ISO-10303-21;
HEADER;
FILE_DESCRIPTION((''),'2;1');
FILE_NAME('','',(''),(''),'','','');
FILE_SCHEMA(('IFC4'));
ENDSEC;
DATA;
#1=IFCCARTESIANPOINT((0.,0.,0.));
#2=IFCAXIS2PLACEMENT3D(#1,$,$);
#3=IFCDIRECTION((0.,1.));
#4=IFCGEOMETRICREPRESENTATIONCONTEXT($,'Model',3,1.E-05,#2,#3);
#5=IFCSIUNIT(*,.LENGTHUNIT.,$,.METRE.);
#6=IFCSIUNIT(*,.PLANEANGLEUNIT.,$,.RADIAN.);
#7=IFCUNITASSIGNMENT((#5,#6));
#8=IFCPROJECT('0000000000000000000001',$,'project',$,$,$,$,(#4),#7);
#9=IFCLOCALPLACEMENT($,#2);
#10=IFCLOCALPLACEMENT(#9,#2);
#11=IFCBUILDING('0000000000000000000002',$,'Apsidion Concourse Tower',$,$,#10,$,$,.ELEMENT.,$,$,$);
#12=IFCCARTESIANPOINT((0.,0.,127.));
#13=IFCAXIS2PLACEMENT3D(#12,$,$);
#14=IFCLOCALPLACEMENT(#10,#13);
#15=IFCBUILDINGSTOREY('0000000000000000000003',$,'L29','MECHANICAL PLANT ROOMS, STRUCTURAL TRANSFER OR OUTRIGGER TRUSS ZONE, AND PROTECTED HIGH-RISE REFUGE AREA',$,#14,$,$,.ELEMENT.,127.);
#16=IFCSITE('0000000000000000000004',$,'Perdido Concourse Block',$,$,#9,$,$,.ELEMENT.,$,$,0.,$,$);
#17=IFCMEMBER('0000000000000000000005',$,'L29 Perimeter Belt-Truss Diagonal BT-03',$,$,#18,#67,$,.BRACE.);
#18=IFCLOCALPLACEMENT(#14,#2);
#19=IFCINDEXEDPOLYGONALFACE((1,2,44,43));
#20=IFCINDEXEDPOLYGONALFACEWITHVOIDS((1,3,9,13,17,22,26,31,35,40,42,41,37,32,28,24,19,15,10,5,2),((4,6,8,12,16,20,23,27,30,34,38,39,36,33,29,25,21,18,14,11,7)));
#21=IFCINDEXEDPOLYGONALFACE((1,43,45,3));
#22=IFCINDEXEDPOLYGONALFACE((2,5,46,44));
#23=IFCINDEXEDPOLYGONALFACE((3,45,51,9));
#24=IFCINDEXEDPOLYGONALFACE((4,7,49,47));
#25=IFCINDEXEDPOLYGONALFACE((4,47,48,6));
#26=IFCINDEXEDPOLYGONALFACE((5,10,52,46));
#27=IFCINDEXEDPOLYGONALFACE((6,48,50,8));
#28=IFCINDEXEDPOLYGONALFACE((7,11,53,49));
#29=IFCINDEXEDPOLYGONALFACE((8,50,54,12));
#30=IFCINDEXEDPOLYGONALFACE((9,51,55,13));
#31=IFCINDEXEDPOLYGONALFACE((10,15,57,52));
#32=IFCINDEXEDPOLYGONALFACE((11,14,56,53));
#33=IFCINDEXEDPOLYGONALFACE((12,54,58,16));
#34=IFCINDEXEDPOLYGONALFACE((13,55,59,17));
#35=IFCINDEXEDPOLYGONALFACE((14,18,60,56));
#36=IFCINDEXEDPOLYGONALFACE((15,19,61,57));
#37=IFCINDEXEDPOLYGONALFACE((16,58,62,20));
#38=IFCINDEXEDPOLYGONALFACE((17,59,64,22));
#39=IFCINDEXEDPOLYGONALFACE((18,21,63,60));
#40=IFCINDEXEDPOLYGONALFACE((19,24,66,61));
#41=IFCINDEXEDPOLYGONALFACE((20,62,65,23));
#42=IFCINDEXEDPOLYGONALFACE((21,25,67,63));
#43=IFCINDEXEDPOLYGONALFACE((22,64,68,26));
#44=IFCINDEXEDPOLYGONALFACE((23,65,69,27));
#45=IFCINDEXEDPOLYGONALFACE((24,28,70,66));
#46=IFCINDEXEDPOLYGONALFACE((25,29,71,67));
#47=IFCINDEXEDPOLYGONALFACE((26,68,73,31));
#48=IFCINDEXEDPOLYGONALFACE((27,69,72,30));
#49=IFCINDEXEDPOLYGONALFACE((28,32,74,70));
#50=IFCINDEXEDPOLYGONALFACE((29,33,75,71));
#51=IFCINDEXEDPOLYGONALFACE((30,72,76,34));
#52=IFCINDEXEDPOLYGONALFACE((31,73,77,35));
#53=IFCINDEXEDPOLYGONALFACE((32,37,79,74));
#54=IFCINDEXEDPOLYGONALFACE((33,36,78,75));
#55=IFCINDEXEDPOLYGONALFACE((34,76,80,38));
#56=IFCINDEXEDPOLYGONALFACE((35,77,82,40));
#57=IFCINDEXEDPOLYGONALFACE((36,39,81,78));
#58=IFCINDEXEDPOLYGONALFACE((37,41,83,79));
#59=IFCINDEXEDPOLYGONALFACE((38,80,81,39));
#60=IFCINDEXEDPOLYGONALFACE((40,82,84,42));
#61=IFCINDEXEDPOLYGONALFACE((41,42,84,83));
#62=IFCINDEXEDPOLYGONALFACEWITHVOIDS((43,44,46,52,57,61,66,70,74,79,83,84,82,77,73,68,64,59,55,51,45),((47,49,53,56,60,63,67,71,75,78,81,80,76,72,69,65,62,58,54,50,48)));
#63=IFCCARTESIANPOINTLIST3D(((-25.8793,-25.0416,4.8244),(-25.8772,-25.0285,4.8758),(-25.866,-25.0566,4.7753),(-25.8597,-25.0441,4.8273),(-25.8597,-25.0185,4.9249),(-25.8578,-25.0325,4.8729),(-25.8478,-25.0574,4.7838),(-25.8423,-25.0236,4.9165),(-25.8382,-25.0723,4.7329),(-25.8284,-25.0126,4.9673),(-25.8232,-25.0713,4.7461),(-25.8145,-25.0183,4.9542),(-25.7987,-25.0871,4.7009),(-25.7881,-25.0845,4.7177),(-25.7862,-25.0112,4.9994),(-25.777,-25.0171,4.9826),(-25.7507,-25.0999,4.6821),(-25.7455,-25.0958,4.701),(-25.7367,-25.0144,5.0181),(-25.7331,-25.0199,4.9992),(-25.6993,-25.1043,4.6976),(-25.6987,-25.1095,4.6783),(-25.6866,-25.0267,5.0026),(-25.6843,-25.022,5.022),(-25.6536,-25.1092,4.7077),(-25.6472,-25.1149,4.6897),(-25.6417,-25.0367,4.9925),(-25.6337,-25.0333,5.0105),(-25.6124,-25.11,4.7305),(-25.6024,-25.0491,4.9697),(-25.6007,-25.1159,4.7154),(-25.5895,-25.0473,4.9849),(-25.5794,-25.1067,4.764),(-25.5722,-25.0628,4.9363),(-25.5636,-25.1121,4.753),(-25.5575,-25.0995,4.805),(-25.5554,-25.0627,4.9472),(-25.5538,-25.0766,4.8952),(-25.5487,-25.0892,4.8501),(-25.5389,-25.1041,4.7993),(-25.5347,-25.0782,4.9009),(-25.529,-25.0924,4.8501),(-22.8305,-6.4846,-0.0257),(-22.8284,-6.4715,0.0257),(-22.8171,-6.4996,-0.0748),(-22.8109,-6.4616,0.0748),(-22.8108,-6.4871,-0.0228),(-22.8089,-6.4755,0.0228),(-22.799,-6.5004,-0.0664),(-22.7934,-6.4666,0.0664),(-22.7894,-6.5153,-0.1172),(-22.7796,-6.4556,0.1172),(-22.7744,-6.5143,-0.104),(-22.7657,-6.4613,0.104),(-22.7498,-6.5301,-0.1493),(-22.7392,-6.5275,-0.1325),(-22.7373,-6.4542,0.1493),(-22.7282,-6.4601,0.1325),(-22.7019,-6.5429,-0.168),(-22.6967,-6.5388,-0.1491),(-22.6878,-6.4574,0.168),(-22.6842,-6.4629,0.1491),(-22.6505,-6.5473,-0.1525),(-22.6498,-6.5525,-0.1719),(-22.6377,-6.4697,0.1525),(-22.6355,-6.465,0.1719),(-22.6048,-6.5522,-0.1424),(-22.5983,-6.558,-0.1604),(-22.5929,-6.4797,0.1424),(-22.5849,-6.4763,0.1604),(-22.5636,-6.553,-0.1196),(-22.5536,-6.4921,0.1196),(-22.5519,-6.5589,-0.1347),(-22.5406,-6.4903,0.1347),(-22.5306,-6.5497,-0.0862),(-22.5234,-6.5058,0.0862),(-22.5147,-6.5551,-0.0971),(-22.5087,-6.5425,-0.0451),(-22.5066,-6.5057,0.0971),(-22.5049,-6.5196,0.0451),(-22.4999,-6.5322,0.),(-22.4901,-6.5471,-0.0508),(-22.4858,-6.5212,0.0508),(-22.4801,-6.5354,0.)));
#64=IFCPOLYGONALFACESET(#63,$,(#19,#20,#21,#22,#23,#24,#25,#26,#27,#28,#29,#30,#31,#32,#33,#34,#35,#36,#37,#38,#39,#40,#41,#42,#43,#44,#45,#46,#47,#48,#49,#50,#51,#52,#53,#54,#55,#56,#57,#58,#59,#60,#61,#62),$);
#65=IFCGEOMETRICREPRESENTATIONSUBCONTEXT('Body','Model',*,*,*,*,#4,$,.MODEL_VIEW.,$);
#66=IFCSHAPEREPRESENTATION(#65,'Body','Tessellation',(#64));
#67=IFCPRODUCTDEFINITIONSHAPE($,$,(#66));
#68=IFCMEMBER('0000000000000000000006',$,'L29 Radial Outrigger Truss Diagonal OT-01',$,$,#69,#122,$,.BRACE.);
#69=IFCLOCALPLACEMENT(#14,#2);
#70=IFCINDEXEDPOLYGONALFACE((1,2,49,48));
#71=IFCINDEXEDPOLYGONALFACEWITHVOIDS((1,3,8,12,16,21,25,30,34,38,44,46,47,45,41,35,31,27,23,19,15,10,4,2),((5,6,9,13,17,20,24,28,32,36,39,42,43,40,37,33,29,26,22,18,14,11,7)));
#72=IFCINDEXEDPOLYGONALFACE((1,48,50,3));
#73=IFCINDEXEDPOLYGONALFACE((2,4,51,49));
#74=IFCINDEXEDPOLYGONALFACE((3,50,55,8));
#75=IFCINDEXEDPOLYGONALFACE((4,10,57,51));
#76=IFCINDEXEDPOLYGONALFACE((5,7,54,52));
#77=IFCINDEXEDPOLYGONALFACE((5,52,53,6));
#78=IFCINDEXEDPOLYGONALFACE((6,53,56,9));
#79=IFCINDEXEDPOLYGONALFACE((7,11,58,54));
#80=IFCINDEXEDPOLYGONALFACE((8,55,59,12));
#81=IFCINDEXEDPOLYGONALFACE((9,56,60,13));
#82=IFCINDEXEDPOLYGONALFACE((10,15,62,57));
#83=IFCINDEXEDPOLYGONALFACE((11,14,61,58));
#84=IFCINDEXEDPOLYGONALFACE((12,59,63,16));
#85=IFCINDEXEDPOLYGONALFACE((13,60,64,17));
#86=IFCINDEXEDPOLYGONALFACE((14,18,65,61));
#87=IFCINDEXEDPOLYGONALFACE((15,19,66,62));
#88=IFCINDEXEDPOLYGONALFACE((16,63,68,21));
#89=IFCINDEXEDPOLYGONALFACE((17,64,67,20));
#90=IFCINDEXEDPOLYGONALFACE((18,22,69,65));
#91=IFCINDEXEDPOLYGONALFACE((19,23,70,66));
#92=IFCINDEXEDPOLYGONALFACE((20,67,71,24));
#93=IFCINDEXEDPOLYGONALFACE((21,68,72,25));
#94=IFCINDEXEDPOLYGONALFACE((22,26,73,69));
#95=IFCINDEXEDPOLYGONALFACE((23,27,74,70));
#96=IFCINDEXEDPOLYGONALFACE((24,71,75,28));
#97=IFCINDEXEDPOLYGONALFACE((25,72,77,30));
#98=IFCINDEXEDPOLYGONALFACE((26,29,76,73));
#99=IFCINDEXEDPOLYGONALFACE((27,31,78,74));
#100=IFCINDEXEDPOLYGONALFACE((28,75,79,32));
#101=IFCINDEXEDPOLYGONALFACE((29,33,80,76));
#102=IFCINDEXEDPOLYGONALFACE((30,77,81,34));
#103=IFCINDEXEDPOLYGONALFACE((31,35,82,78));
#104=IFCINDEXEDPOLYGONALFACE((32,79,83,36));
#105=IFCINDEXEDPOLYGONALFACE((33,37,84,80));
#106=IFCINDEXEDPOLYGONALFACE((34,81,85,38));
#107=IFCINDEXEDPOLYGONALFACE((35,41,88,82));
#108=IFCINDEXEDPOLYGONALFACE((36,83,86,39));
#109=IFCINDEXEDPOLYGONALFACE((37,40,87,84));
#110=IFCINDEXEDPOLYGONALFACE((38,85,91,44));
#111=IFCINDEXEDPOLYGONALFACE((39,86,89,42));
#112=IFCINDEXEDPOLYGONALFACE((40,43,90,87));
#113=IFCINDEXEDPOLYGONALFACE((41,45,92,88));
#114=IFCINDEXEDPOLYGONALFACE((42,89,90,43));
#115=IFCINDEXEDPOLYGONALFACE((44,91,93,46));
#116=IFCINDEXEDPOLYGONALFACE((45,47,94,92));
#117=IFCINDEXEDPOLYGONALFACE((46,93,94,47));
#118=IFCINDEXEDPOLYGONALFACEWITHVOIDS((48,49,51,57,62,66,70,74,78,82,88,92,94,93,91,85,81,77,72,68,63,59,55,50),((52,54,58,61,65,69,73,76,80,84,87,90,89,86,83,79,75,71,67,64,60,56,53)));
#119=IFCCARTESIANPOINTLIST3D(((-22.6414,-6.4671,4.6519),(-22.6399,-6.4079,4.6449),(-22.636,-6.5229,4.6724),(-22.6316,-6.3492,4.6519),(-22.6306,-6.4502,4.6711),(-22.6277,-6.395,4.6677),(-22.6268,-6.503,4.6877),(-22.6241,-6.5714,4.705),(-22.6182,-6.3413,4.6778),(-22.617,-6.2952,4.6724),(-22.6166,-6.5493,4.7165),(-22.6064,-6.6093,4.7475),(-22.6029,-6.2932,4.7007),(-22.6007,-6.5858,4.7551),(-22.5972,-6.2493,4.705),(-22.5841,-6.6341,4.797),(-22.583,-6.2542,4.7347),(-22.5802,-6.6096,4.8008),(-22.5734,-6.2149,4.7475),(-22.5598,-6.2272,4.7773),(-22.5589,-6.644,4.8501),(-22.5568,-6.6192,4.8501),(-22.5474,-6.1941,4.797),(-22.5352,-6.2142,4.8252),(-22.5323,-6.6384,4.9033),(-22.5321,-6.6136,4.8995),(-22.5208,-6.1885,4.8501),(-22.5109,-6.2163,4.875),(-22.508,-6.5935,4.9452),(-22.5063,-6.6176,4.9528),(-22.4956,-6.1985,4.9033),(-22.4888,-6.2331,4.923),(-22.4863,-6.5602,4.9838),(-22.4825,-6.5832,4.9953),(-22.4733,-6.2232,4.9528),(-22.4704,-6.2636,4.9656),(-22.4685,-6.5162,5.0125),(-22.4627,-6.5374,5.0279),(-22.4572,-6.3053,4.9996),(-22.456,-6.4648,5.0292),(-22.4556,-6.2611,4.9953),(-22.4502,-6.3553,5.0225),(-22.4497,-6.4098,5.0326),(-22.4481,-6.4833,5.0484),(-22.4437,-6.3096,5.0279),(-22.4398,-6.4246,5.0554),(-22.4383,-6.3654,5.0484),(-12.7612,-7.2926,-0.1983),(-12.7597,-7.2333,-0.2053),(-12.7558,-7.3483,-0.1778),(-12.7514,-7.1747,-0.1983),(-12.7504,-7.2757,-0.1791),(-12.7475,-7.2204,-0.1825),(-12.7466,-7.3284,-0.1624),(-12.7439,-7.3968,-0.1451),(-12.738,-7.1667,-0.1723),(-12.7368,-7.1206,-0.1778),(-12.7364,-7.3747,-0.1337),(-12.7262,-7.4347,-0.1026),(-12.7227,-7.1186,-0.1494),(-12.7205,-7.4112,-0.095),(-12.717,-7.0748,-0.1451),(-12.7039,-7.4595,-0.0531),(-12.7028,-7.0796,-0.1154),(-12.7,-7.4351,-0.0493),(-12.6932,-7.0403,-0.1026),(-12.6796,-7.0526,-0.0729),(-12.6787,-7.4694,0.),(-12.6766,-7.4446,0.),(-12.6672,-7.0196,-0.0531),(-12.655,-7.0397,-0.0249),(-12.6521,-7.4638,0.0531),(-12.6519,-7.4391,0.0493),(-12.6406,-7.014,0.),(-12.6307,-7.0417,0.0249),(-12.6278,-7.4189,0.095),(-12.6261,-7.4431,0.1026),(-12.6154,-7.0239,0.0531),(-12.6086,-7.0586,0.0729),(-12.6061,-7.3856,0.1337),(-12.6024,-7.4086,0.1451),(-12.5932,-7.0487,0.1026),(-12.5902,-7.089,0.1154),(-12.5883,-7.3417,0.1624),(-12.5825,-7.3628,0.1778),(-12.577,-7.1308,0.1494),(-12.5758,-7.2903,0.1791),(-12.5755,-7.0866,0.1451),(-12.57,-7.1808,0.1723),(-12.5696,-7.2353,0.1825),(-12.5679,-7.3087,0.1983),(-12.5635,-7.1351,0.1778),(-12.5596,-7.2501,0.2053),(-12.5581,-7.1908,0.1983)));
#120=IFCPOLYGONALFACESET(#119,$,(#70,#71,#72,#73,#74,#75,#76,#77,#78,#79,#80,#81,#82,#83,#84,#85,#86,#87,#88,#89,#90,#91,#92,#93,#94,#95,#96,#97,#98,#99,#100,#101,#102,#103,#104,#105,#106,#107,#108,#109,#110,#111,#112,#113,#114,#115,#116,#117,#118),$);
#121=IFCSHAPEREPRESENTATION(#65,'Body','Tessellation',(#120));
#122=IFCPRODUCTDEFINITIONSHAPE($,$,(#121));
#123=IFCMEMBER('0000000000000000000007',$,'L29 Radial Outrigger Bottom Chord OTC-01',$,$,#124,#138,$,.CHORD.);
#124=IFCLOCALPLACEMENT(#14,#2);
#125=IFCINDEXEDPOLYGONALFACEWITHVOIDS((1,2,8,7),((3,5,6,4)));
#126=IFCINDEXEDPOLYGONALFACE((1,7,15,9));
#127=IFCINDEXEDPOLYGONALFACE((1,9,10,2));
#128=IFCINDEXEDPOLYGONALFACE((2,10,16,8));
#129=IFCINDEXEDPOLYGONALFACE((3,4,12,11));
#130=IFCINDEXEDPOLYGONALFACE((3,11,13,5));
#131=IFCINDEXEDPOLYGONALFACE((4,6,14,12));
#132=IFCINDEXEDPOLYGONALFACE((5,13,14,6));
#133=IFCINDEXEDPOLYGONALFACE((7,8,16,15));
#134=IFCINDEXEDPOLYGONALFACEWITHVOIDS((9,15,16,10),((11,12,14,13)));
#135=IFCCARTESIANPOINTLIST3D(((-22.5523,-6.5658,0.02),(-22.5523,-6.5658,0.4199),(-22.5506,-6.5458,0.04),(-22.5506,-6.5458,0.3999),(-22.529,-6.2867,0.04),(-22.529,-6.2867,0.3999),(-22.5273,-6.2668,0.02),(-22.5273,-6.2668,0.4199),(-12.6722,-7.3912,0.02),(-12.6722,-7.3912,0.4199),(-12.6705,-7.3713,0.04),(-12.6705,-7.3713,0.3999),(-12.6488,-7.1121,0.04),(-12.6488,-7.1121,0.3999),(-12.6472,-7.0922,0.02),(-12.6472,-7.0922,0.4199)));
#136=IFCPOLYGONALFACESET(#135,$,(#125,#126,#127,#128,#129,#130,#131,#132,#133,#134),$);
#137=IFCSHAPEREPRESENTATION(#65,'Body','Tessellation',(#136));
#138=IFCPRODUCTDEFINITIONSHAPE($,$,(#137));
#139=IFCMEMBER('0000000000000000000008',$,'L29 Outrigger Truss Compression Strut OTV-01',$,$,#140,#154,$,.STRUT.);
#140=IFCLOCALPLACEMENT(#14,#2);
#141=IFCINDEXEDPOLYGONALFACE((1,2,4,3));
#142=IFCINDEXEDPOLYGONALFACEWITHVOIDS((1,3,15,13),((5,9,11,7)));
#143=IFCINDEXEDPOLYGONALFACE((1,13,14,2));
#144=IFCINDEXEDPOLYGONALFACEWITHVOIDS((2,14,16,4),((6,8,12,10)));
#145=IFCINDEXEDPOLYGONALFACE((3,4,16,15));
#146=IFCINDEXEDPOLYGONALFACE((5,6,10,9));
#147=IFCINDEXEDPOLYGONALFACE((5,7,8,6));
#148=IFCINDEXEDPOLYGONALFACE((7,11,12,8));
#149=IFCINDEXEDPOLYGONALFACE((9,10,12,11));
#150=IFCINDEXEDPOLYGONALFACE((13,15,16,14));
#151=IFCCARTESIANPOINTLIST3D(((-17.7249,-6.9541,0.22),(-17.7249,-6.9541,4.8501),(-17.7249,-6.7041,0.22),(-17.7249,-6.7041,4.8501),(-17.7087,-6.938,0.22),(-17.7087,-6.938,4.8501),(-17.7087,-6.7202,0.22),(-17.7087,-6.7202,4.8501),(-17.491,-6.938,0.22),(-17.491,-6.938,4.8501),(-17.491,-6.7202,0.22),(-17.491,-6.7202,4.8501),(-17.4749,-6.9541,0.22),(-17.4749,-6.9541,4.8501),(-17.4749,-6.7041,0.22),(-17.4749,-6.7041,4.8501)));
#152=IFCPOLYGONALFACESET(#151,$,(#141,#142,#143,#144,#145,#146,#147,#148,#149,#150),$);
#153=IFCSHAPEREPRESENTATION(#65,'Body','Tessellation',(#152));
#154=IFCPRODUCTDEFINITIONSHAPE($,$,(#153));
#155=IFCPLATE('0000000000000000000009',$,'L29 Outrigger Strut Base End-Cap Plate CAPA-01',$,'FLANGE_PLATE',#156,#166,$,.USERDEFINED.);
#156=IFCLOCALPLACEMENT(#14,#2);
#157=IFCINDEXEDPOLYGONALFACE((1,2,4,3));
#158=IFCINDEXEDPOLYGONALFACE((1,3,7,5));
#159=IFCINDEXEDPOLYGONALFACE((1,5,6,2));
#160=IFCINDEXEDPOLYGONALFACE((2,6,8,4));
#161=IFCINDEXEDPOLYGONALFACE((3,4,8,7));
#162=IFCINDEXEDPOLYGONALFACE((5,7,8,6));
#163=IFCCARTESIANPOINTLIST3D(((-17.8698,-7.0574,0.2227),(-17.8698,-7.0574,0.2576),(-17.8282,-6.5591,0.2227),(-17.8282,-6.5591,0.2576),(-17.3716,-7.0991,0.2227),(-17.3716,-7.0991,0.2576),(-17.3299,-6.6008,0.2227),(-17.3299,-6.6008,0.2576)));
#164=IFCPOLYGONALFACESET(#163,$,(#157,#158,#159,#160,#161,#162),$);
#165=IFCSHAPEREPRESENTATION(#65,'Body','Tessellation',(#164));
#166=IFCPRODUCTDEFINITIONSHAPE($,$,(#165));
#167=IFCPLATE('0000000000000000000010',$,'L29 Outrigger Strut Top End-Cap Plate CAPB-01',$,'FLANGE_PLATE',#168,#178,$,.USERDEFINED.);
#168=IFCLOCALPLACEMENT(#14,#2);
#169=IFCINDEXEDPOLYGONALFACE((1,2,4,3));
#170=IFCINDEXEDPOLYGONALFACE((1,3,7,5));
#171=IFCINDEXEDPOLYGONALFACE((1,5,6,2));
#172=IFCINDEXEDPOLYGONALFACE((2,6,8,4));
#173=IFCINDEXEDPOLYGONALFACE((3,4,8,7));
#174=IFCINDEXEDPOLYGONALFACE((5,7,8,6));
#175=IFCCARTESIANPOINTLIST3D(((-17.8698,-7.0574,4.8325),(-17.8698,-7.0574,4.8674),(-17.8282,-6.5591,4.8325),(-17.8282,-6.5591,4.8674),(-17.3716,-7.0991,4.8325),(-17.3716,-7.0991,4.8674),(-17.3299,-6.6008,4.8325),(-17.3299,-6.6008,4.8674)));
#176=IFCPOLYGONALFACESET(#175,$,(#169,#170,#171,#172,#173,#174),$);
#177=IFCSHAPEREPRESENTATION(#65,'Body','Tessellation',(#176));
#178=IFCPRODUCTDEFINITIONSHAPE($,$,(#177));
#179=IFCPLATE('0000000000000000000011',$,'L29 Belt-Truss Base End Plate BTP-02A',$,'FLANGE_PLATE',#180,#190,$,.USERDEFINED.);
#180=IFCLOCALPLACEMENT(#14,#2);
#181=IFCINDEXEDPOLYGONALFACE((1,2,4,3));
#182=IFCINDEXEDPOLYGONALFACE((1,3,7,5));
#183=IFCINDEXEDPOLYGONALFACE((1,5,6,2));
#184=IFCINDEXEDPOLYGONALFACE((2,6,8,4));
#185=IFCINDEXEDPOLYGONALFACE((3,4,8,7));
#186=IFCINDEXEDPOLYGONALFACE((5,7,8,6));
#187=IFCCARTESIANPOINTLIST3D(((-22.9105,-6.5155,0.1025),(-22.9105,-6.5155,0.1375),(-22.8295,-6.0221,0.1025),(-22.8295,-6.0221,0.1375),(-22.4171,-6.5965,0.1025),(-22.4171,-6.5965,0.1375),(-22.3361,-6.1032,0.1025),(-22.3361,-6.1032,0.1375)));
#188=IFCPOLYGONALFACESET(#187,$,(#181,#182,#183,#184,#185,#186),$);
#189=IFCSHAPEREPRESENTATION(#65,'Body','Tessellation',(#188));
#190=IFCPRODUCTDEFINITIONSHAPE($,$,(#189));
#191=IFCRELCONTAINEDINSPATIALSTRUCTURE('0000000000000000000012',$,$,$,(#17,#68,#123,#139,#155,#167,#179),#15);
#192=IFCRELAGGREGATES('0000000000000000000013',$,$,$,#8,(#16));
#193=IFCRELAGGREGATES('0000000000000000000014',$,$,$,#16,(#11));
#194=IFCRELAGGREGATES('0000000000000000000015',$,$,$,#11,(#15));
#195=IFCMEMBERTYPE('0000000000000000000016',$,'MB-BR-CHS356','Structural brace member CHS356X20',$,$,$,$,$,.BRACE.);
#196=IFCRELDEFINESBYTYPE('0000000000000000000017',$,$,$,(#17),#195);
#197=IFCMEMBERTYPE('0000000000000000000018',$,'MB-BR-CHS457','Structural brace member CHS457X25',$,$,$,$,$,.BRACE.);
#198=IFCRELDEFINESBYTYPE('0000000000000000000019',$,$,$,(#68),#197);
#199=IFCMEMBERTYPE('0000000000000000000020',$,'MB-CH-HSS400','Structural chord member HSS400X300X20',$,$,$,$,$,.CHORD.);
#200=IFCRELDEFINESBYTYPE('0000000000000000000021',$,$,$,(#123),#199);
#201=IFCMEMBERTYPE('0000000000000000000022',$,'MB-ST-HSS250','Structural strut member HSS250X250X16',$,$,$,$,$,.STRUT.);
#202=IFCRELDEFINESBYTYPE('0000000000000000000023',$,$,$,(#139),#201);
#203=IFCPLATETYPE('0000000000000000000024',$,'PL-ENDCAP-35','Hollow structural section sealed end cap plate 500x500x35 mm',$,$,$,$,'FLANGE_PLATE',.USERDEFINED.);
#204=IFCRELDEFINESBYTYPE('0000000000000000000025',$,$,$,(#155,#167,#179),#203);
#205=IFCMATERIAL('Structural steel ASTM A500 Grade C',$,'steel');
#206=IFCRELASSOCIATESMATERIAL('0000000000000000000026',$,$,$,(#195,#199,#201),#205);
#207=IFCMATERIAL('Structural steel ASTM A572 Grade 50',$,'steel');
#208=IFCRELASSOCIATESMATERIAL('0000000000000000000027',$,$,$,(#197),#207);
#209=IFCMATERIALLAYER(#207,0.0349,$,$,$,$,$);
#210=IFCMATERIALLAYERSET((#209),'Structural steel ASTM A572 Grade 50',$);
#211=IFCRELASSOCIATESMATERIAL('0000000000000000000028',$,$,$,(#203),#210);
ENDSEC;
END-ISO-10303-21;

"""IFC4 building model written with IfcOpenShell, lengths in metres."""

from ifc_helpers import new_model, si_unit, direction, frame, origin, origin_2d, place, context, subcontext, project, spatial, rectangle, hollow_rectangle, hollow_circle, extrude, material, layer, layer_set, material_profile, profile_set, type_object, element, save


model = new_model("IFC4")

# Units and contexts
model_context = context("Model", 3, precision=1e-05, world=origin(), true_north=direction((0.0, 1.0)))
body_context = subcontext(model_context, "Body", "Model", "MODEL_VIEW")
ifc_project = project(units=[si_unit("LENGTHUNIT", "METRE"), si_unit("PLANEANGLEUNIT", "RADIAN")], contexts=[model_context])

# Site, building, storey
site_placement = place(None, origin())
site = spatial("IfcSite", under=ifc_project, at=site_placement, Name="Perdido Concourse Block", CompositionType="ELEMENT", RefElevation=0.0)
building_placement = place(site_placement, origin())
building = spatial("IfcBuilding", under=site, at=building_placement, Name="Apsidion Concourse Tower", CompositionType="ELEMENT")
storey_placement = place(building_placement, frame((0.0, 0.0, 127.0)))
storey = spatial("IfcBuildingStorey", under=building, at=storey_placement, Name="L29", Description="MECHANICAL PLANT ROOMS, STRUCTURAL TRANSFER OR OUTRIGGER TRUSS ZONE, AND PROTECTED HIGH-RISE REFUGE AREA", CompositionType="ELEMENT", Elevation=127.0)

# Members
ifc_material_1 = material(Name="Structural steel ASTM A500 Grade C", Category="steel")
ifc_material_profile_1 = material_profile(ifc_material_1, hollow_circle(Radius=0.178, WallThickness=0.02, at=origin_2d()), Name="CHS356X20")
ifc_profile_set_1 = profile_set([ifc_material_profile_1], Name="Structural steel ASTM A500 Grade C")
member_type_1 = type_object("IfcMemberType", Name="MB-BR-CHS356", Description="Structural brace member CHS356X20", PredefinedType="BRACE", material=ifc_profile_set_1)
member_1_placement = place(storey_placement, frame((-22.6558, -6.5066, 0.0), z_axis=(-0.156986, -0.955504, 0.249734), x_axis=(0.986771, -0.162123, 0.0)))
element("IfcMember", 1, at=member_1_placement, inside=storey, type_object=member_type_1, Name="L29 Perimeter Belt-Truss Diagonal BT-03", PredefinedType="BRACE", context=body_context, shape_type="SweptSolid", body=[
    extrude(hollow_circle(Radius=0.178, WallThickness=0.02, at=origin_2d()), origin(), (0.0, 0.0, 1.0), 19.4211),
])
ifc_material_2 = material(Name="Structural steel ASTM A572 Grade 50", Category="steel")
ifc_material_profile_2 = material_profile(ifc_material_2, hollow_circle(Radius=0.2285, WallThickness=0.0249, at=origin_2d()), Name="CHS457X25")
ifc_profile_set_2 = profile_set([ifc_material_profile_2], Name="Structural steel ASTM A572 Grade 50")
member_type_2 = type_object("IfcMemberType", Name="MB-BR-CHS457", Description="Structural brace member CHS457X25", PredefinedType="BRACE", material=ifc_profile_set_2)
member_2_placement = place(storey_placement, frame((-12.6597, -7.2417, 0.0), z_axis=(-0.895159, 0.074786, 0.439428), x_axis=(-0.083255, -0.996528, 0.0)))
element("IfcMember", 2, at=member_2_placement, inside=storey, type_object=member_type_2, Name="L29 Radial Outrigger Truss Diagonal OT-01", PredefinedType="BRACE", context=body_context, shape_type="SweptSolid", body=[
    extrude(hollow_circle(Radius=0.2285, WallThickness=0.0249, at=origin_2d()), origin(), (0.0, 0.0, 1.0), 11.0374),
])
ifc_material_profile_3 = material_profile(ifc_material_1, hollow_rectangle(XDim=0.3, YDim=0.3999, WallThickness=0.02, at=origin_2d()), Name="HSS400X300X20")
ifc_profile_set_3 = profile_set([ifc_material_profile_3], Name="Structural steel ASTM A500 Grade C")
member_type_3 = type_object("IfcMemberType", Name="MB-CH-HSS400", Description="Structural chord member HSS400X300X20", PredefinedType="CHORD", material=ifc_profile_set_3)
member_3_placement = place(storey_placement, frame((-12.6597, -7.2417, 0.22), z_axis=(-0.996528, 0.083255, 0.0), x_axis=(-0.083255, -0.996528, 0.0)))
element("IfcMember", 3, at=member_3_placement, inside=storey, type_object=member_type_3, Name="L29 Radial Outrigger Bottom Chord OTC-01", PredefinedType="CHORD", context=body_context, shape_type="SweptSolid", body=[
    extrude(hollow_rectangle(XDim=0.3, YDim=0.3999, WallThickness=0.02, at=origin_2d()), origin(), (0.0, 0.0, 1.0), 9.9146),
])
ifc_material_profile_4 = material_profile(ifc_material_1, hollow_rectangle(XDim=0.25, YDim=0.25, WallThickness=0.0161, at=origin_2d()), Name="HSS250X250X16")
ifc_profile_set_4 = profile_set([ifc_material_profile_4], Name="Structural steel ASTM A500 Grade C")
member_type_4 = type_object("IfcMemberType", Name="MB-ST-HSS250", Description="Structural strut member HSS250X250X16", PredefinedType="STRUT", material=ifc_profile_set_4)
member_4_placement = place(storey_placement, frame((-17.5999, -6.8291, 0.22), z_axis=(0.0, 0.0, 1.0), x_axis=(1.0, 0.0, 0.0)))
element("IfcMember", 4, at=member_4_placement, inside=storey, type_object=member_type_4, Name="L29 Outrigger Truss Compression Strut OTV-01", PredefinedType="STRUT", context=body_context, shape_type="SweptSolid", body=[
    extrude(hollow_rectangle(XDim=0.25, YDim=0.25, WallThickness=0.0161, at=origin_2d()), origin(), (0.0, 0.0, 1.0), 4.6301),
])

# Plates
ifc_layer_1 = layer(ifc_material_2, 0.0349)
ifc_layer_set_1 = layer_set([ifc_layer_1], Name="Structural steel ASTM A572 Grade 50")
plate_type_1 = type_object("IfcPlateType", Name="PL-ENDCAP-35", Description="Hollow structural section sealed end cap plate 500x500x35 mm", ElementType="FLANGE_PLATE", PredefinedType="USERDEFINED", material=ifc_layer_set_1)
for number, where, z_axis, x_axis, name in (
    (5, (-17.5999, -6.8291, 0.2227), (0.0, 0.0, 1.0), (-0.996522, 0.08333, 0.0), "L29 Outrigger Strut Base End-Cap Plate CAPA-01"),
    (6, (-17.5999, -6.8291, 4.8325), (0.0, 0.0, 1.0), (-0.996522, 0.08333, 0.0), "L29 Outrigger Strut Top End-Cap Plate CAPB-01"),
    (7, (-22.6233, -6.3093, 0.1025), (0.0, 0.0, 1.0), (0.162121, 0.986771, 0.0), "L29 Belt-Truss Base End Plate BTP-02A"),
):
    element("IfcPlate", number, at=place(storey_placement, frame(where, z_axis=z_axis, x_axis=x_axis)), inside=storey, type_object=plate_type_1, Name=name, ObjectType="FLANGE_PLATE", PredefinedType="USERDEFINED", context=body_context, shape_type="SweptSolid", body=[
        extrude(rectangle(XDim=0.5, YDim=0.5, at=origin_2d()), origin(), (0.0, 0.0, 1.0), 0.0349),
    ])

save(model, "model.ifc")
